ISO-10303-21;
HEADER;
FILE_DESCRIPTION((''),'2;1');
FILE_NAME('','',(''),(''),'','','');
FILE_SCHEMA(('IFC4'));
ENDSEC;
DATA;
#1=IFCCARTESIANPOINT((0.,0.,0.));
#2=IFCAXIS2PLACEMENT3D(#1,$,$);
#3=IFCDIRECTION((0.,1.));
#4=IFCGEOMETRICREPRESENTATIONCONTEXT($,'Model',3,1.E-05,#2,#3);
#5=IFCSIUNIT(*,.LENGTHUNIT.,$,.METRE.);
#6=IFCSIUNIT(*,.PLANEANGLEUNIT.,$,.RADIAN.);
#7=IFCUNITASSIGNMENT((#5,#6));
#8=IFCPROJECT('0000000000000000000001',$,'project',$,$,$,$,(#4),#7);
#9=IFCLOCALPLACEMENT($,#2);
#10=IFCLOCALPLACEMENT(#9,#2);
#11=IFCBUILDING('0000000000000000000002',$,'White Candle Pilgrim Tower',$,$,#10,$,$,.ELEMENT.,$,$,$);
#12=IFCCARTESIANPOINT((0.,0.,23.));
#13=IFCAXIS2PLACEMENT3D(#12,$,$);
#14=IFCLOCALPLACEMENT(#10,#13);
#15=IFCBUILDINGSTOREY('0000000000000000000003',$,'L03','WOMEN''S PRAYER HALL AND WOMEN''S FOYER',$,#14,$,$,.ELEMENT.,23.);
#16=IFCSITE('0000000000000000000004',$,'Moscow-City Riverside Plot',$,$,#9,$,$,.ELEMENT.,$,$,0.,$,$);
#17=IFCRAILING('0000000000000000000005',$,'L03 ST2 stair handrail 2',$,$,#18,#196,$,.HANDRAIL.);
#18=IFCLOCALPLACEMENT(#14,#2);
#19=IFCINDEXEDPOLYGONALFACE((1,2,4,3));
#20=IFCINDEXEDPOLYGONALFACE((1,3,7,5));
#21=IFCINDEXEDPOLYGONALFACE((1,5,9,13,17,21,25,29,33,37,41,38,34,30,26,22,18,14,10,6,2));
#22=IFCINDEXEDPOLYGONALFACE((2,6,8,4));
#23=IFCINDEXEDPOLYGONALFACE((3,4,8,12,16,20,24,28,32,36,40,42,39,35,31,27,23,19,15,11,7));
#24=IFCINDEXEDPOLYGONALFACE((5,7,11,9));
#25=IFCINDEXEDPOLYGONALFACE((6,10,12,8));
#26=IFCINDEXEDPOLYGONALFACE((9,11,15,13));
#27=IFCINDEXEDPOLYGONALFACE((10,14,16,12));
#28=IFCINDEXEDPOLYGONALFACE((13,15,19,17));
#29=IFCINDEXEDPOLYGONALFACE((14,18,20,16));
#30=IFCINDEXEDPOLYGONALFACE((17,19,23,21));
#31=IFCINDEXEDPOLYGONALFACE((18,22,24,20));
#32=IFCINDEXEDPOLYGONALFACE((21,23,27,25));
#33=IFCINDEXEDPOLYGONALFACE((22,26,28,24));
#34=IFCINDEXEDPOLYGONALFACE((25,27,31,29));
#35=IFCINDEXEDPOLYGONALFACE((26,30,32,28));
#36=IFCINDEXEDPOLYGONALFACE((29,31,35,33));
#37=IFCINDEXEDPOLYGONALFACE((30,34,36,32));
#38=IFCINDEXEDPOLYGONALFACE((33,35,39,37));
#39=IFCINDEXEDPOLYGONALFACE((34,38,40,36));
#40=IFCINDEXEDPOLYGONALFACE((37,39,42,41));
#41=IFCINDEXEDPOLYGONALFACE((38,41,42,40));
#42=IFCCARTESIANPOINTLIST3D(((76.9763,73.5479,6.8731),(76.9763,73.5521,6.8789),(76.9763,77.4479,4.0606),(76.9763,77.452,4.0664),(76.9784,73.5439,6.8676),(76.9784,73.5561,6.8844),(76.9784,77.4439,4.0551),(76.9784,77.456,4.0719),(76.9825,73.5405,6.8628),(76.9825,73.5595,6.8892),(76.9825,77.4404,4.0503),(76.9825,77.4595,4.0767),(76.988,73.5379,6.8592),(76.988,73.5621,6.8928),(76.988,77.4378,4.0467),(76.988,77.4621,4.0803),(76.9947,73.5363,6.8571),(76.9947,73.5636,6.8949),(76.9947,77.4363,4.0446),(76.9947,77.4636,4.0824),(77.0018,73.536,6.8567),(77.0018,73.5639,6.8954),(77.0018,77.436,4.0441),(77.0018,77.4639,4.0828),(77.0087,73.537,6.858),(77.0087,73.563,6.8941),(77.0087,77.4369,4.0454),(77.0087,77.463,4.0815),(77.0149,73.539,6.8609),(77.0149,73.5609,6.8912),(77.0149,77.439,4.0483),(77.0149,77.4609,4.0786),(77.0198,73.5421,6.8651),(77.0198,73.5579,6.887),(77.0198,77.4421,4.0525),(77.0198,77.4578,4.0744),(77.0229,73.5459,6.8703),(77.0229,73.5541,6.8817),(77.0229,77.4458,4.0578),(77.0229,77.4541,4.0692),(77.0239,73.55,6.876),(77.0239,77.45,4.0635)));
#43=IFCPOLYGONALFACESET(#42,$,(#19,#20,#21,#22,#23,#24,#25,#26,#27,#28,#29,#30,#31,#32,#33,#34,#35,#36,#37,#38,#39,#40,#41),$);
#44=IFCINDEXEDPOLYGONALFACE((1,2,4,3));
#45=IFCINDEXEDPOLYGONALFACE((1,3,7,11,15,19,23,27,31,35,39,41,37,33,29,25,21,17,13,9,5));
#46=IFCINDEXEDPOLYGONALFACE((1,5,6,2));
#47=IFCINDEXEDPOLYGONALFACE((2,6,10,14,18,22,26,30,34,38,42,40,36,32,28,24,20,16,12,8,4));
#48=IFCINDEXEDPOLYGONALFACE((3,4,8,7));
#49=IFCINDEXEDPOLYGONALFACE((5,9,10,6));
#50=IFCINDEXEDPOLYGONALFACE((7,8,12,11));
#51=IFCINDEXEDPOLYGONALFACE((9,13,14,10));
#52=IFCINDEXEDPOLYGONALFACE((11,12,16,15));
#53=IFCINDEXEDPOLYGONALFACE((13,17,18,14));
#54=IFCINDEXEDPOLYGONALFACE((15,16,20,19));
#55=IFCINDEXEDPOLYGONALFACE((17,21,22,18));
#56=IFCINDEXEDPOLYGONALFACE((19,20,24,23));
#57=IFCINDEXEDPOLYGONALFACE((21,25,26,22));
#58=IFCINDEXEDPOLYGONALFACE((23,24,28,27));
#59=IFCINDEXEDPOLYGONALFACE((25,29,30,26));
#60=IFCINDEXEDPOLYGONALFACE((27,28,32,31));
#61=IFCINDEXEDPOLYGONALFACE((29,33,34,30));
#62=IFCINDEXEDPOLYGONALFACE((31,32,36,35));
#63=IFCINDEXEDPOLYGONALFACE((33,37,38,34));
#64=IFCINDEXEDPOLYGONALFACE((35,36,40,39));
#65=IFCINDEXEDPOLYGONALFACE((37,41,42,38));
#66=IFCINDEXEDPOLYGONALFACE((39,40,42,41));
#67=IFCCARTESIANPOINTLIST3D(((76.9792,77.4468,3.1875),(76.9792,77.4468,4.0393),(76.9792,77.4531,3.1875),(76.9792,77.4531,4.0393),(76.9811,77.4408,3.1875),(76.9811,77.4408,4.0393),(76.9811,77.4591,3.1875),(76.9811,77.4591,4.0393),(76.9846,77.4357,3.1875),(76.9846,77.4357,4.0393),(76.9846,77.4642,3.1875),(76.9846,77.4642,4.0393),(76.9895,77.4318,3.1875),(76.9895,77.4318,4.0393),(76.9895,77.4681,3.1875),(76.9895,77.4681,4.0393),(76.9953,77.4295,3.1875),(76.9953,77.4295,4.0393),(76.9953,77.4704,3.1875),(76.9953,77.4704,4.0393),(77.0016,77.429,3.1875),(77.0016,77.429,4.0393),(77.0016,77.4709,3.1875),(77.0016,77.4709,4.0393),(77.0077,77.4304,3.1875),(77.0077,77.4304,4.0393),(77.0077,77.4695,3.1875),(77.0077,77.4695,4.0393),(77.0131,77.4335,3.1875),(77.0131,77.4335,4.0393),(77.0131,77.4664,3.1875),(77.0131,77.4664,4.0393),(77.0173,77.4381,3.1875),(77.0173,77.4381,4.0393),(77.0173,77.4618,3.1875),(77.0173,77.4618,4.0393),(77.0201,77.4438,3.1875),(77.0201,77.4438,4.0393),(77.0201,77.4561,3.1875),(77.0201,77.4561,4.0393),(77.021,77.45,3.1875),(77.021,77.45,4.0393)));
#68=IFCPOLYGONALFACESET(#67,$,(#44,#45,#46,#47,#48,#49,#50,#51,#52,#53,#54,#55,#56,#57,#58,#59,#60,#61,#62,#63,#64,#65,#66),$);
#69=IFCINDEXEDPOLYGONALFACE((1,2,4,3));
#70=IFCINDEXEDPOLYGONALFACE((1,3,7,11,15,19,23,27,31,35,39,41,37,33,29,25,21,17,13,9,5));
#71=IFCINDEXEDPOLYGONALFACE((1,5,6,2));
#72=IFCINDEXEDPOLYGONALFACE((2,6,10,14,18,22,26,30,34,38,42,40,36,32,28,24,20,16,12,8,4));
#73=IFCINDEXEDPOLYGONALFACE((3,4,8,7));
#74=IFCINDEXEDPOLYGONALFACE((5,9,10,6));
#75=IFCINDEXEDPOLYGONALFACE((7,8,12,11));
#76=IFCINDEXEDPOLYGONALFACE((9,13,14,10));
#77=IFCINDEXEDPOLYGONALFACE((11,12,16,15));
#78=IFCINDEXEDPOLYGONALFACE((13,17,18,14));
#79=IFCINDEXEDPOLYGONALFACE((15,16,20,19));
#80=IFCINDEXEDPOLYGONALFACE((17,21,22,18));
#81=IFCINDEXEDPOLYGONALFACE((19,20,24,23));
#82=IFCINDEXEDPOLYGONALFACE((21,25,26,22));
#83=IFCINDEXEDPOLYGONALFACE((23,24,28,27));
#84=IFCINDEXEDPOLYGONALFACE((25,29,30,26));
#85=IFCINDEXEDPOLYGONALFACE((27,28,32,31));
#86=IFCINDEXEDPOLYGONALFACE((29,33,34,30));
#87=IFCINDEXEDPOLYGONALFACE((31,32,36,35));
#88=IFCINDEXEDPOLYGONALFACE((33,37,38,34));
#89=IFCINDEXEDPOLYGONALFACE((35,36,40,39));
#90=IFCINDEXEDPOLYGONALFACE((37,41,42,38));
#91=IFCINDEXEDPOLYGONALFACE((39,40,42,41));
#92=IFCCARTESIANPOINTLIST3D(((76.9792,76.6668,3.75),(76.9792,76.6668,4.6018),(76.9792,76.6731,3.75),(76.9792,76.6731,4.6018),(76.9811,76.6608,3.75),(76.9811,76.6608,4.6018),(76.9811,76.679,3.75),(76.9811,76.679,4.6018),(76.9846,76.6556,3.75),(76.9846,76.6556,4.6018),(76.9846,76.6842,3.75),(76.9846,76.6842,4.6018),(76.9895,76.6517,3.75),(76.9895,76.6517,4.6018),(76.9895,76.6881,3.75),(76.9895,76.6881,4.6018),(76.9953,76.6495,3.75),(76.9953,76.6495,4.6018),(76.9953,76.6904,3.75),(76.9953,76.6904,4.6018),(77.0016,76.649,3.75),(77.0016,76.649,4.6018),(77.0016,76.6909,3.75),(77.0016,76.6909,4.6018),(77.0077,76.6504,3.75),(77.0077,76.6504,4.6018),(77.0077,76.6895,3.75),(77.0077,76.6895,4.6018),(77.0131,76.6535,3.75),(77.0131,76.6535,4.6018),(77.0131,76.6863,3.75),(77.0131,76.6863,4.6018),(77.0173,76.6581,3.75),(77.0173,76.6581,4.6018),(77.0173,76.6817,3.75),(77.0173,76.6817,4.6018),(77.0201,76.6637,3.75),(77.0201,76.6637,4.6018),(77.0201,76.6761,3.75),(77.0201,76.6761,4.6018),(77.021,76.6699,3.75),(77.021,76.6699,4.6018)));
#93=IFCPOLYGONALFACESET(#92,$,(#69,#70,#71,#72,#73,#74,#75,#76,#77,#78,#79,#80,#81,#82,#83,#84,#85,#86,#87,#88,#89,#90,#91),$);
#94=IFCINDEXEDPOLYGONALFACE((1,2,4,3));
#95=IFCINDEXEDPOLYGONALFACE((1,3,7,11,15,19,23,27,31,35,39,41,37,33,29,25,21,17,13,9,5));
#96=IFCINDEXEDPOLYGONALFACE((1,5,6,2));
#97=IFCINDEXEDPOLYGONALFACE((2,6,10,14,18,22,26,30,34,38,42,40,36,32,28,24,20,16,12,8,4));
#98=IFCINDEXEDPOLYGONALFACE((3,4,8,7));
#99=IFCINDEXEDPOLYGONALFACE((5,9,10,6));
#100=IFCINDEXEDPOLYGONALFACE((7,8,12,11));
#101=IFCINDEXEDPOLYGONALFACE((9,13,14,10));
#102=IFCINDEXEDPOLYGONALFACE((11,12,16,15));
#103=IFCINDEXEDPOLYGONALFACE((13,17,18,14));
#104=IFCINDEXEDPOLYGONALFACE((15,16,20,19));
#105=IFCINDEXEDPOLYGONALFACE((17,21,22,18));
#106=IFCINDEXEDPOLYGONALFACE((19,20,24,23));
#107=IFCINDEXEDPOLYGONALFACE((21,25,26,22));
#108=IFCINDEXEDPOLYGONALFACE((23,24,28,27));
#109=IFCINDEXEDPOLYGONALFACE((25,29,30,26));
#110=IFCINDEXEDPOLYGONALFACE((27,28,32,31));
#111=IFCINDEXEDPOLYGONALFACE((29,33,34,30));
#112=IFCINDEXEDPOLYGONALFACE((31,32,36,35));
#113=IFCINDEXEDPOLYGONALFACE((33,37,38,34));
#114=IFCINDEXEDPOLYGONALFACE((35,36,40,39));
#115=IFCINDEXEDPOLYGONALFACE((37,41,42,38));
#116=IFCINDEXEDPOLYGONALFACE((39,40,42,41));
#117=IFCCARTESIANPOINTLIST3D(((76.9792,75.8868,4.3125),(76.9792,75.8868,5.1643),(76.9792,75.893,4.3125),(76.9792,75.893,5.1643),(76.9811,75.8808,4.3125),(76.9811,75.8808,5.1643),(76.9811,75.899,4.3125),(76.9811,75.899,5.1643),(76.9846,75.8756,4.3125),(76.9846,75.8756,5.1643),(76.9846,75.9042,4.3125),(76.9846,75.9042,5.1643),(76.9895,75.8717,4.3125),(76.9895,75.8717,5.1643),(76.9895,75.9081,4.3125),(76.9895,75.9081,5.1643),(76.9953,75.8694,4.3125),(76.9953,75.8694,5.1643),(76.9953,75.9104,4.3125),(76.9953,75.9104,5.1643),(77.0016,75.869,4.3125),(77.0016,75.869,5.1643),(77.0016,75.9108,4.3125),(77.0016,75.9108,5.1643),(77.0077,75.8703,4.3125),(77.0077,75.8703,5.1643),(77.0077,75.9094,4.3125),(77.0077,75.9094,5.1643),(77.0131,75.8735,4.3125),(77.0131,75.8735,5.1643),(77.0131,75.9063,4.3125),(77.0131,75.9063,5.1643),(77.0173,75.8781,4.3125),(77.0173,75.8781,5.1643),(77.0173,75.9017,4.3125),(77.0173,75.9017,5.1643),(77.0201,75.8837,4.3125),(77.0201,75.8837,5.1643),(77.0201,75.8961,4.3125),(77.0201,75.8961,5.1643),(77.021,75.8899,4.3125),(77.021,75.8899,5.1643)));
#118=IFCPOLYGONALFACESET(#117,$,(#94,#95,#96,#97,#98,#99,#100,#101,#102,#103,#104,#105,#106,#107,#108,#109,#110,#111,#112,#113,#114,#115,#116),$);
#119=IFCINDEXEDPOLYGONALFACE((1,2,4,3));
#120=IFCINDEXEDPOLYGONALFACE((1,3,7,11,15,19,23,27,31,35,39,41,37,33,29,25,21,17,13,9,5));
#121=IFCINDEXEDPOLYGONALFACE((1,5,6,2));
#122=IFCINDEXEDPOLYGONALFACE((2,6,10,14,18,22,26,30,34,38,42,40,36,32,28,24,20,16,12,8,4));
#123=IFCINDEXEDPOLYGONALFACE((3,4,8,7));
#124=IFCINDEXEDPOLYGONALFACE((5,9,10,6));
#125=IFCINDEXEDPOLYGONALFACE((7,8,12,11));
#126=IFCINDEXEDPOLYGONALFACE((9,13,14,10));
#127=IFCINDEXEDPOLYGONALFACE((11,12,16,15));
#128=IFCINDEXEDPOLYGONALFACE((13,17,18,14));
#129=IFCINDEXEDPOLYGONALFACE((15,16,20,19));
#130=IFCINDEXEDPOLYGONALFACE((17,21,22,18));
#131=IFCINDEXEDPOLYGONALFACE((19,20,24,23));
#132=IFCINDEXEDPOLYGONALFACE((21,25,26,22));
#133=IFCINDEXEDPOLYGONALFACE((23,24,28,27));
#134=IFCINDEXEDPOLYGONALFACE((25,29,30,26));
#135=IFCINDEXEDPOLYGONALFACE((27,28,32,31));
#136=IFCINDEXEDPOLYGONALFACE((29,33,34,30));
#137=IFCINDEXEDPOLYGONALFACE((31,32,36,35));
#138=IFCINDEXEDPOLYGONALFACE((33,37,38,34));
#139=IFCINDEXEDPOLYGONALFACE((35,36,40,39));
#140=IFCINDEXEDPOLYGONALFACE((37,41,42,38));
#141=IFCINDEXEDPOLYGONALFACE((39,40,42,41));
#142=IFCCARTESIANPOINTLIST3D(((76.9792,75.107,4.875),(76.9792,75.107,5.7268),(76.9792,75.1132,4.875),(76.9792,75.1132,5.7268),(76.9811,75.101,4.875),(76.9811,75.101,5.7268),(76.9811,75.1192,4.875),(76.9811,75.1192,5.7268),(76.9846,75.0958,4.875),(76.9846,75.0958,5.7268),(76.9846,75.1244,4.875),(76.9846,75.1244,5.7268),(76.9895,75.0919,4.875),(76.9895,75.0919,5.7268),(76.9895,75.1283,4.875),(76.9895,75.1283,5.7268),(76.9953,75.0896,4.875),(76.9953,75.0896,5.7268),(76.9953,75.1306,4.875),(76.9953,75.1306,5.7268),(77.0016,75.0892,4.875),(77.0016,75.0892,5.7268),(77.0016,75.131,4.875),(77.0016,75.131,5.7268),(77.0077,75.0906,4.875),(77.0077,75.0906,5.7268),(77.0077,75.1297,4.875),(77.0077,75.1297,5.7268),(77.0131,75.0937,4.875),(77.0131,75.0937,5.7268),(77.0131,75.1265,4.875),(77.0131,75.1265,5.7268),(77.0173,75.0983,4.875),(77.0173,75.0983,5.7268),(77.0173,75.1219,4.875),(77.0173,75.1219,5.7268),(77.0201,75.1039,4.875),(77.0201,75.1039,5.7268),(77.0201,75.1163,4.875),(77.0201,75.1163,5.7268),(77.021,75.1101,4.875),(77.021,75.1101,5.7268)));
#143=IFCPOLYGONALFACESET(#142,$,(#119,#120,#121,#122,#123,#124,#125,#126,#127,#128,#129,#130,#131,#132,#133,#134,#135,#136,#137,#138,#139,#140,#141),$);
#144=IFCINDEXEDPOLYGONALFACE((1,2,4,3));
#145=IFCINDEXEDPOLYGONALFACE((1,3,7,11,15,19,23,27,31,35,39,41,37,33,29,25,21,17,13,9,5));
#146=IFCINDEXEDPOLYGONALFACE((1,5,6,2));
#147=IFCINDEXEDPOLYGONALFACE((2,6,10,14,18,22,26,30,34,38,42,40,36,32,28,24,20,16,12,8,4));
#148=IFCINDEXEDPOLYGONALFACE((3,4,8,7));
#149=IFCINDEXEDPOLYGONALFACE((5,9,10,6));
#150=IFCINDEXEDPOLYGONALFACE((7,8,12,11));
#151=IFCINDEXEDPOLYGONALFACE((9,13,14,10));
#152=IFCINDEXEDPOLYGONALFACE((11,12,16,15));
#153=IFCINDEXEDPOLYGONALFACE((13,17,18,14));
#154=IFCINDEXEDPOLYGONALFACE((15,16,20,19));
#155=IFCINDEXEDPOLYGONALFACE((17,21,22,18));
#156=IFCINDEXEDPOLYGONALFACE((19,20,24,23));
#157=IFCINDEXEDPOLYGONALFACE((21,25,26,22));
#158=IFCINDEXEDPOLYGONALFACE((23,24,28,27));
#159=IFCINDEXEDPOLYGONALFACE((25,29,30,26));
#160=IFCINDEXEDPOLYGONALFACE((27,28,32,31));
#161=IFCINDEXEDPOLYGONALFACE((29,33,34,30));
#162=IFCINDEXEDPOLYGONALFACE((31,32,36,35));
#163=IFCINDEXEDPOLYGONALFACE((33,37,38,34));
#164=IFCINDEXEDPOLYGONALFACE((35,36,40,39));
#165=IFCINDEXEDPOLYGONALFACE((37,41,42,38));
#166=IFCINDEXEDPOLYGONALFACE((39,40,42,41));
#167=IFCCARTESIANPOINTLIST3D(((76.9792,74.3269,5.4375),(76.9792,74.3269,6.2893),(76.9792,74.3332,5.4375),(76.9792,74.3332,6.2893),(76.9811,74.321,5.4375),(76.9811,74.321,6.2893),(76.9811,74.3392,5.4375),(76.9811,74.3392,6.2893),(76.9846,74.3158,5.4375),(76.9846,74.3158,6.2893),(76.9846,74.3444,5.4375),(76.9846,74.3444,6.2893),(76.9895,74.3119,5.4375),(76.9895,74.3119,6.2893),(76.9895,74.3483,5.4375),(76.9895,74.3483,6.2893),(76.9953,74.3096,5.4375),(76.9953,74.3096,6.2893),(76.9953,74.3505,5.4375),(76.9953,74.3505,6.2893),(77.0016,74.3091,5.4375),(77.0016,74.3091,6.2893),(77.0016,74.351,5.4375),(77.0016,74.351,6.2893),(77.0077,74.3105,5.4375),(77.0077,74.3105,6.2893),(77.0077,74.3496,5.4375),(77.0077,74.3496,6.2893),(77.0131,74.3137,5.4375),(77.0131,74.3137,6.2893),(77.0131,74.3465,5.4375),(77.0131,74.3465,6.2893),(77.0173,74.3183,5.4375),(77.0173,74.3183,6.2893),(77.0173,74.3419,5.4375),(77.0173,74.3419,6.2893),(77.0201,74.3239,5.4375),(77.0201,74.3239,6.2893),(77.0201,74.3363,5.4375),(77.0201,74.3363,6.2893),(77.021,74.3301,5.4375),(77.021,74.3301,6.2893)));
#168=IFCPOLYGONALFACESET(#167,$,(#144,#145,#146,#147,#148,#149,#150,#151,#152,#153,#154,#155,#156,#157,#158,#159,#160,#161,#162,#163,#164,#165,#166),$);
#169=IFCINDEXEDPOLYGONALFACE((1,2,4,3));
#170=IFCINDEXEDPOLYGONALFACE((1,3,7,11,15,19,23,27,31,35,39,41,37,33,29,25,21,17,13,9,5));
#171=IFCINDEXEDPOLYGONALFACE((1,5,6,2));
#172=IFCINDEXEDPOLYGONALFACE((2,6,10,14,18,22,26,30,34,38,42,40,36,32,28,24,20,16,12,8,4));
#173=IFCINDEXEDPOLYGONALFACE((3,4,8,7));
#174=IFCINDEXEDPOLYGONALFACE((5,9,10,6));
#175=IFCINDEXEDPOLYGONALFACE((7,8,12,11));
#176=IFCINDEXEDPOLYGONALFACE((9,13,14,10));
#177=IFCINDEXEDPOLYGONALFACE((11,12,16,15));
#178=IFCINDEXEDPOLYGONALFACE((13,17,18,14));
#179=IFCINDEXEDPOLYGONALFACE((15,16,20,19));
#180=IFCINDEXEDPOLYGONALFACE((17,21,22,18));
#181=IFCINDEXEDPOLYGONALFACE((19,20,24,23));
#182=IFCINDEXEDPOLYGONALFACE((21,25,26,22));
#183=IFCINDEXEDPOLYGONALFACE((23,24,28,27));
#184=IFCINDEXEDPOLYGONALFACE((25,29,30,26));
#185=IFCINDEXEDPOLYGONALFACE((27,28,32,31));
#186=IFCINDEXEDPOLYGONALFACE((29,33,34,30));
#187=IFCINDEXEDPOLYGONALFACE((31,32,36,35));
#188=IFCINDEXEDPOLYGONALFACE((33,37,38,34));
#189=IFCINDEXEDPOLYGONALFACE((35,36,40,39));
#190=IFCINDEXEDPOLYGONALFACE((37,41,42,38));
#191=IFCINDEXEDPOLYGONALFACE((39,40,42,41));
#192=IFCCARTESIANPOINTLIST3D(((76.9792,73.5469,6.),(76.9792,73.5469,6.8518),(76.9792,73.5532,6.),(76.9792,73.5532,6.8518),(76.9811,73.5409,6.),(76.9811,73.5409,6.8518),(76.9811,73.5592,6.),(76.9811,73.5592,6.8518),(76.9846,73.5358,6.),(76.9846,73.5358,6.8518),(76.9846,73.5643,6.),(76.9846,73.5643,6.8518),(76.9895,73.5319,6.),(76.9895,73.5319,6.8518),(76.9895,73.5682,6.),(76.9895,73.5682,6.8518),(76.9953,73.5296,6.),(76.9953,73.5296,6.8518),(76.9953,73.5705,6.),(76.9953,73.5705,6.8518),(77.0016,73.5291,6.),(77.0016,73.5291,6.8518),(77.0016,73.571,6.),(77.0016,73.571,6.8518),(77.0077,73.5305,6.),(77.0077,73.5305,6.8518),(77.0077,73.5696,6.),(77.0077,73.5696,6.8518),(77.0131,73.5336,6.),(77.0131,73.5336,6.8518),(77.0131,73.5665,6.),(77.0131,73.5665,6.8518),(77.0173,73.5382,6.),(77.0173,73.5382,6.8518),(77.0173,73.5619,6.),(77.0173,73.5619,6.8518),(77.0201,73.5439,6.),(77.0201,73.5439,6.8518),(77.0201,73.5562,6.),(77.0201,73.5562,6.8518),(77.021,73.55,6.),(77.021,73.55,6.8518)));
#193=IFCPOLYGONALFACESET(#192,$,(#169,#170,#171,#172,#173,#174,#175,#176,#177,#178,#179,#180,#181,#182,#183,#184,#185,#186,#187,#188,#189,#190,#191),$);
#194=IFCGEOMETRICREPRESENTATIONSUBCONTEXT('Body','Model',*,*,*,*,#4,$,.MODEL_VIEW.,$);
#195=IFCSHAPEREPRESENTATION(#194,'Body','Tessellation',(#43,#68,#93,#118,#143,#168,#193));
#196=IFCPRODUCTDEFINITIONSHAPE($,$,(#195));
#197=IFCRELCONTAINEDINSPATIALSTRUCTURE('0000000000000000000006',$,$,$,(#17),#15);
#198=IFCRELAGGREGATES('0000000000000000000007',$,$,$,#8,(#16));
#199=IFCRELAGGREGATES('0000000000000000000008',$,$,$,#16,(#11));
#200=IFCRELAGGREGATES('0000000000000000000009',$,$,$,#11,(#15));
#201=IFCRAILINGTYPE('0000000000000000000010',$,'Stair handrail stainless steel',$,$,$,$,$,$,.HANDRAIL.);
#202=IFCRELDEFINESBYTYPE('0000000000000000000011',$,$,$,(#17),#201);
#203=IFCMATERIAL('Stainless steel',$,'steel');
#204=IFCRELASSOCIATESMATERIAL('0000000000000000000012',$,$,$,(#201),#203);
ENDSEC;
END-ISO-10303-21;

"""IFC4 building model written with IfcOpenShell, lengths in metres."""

from ifc_helpers import new_model, si_unit, direction, frame, origin, origin_2d, place, context, subcontext, project, spatial, circle, extrude, material, type_object, element, save


model = new_model("IFC4")

# Units and contexts
model_context = context("Model", 3, precision=1e-05, world=origin(), true_north=direction((0.0, 1.0)))
body_context = subcontext(model_context, "Body", "Model", "MODEL_VIEW")
ifc_project = project(units=[si_unit("LENGTHUNIT", "METRE"), si_unit("PLANEANGLEUNIT", "RADIAN")], contexts=[model_context])

# Site, building, storey
site_placement = place(None, origin())
site = spatial("IfcSite", under=ifc_project, at=site_placement, Name="Moscow-City Riverside Plot", CompositionType="ELEMENT", RefElevation=0.0)
building_placement = place(site_placement, origin())
building = spatial("IfcBuilding", under=site, at=building_placement, Name="White Candle Pilgrim Tower", CompositionType="ELEMENT")
storey_placement = place(building_placement, frame((0.0, 0.0, 23.0)))
storey = spatial("IfcBuildingStorey", under=building, at=storey_placement, Name="L03", Description="WOMEN'S PRAYER HALL AND WOMEN'S FOYER", CompositionType="ELEMENT", Elevation=23.0)

# Railing
ifc_material_1 = material(Name="Stainless steel", Category="steel")
railing_type_1 = type_object("IfcRailingType", Name="Stair handrail stainless steel", PredefinedType="HANDRAIL", material=ifc_material_1)
railing_1_placement = place(storey_placement, frame((77.0, 77.45, 3.1875)))
element("IfcRailing", 1, at=railing_1_placement, inside=storey, type_object=railing_type_1, Name="L03 ST2 stair handrail 2", PredefinedType="HANDRAIL", context=body_context, shape_type="SweptSolid", body=[
    extrude(circle(Radius=0.0239, at=origin_2d()), frame((0.0, 0.0, 0.876), z_axis=(0.0, -0.811083, 0.584931), x_axis=(1.0, 0.0, 0.0)), (0.0, 0.0, 1.0), 4.8083),
    extrude(circle(Radius=0.021, at=origin_2d()), origin(), (0.0, 0.0, 1.0), 0.8518),
    extrude(circle(Radius=0.021, at=origin_2d()), frame((0.0, -0.78, 0.5625)), (0.0, 0.0, 1.0), 0.8518),
    extrude(circle(Radius=0.021, at=origin_2d()), frame((0.0, -1.5601, 1.125)), (0.0, 0.0, 1.0), 0.8518),
    extrude(circle(Radius=0.021, at=origin_2d()), frame((0.0, -2.3398, 1.6875)), (0.0, 0.0, 1.0), 0.8518),
    extrude(circle(Radius=0.021, at=origin_2d()), frame((0.0, -3.1199, 2.25)), (0.0, 0.0, 1.0), 0.8518),
    extrude(circle(Radius=0.021, at=origin_2d()), frame((0.0, -3.8999, 2.8125)), (0.0, 0.0, 1.0), 0.8518),
])

save(model, "model.ifc")
